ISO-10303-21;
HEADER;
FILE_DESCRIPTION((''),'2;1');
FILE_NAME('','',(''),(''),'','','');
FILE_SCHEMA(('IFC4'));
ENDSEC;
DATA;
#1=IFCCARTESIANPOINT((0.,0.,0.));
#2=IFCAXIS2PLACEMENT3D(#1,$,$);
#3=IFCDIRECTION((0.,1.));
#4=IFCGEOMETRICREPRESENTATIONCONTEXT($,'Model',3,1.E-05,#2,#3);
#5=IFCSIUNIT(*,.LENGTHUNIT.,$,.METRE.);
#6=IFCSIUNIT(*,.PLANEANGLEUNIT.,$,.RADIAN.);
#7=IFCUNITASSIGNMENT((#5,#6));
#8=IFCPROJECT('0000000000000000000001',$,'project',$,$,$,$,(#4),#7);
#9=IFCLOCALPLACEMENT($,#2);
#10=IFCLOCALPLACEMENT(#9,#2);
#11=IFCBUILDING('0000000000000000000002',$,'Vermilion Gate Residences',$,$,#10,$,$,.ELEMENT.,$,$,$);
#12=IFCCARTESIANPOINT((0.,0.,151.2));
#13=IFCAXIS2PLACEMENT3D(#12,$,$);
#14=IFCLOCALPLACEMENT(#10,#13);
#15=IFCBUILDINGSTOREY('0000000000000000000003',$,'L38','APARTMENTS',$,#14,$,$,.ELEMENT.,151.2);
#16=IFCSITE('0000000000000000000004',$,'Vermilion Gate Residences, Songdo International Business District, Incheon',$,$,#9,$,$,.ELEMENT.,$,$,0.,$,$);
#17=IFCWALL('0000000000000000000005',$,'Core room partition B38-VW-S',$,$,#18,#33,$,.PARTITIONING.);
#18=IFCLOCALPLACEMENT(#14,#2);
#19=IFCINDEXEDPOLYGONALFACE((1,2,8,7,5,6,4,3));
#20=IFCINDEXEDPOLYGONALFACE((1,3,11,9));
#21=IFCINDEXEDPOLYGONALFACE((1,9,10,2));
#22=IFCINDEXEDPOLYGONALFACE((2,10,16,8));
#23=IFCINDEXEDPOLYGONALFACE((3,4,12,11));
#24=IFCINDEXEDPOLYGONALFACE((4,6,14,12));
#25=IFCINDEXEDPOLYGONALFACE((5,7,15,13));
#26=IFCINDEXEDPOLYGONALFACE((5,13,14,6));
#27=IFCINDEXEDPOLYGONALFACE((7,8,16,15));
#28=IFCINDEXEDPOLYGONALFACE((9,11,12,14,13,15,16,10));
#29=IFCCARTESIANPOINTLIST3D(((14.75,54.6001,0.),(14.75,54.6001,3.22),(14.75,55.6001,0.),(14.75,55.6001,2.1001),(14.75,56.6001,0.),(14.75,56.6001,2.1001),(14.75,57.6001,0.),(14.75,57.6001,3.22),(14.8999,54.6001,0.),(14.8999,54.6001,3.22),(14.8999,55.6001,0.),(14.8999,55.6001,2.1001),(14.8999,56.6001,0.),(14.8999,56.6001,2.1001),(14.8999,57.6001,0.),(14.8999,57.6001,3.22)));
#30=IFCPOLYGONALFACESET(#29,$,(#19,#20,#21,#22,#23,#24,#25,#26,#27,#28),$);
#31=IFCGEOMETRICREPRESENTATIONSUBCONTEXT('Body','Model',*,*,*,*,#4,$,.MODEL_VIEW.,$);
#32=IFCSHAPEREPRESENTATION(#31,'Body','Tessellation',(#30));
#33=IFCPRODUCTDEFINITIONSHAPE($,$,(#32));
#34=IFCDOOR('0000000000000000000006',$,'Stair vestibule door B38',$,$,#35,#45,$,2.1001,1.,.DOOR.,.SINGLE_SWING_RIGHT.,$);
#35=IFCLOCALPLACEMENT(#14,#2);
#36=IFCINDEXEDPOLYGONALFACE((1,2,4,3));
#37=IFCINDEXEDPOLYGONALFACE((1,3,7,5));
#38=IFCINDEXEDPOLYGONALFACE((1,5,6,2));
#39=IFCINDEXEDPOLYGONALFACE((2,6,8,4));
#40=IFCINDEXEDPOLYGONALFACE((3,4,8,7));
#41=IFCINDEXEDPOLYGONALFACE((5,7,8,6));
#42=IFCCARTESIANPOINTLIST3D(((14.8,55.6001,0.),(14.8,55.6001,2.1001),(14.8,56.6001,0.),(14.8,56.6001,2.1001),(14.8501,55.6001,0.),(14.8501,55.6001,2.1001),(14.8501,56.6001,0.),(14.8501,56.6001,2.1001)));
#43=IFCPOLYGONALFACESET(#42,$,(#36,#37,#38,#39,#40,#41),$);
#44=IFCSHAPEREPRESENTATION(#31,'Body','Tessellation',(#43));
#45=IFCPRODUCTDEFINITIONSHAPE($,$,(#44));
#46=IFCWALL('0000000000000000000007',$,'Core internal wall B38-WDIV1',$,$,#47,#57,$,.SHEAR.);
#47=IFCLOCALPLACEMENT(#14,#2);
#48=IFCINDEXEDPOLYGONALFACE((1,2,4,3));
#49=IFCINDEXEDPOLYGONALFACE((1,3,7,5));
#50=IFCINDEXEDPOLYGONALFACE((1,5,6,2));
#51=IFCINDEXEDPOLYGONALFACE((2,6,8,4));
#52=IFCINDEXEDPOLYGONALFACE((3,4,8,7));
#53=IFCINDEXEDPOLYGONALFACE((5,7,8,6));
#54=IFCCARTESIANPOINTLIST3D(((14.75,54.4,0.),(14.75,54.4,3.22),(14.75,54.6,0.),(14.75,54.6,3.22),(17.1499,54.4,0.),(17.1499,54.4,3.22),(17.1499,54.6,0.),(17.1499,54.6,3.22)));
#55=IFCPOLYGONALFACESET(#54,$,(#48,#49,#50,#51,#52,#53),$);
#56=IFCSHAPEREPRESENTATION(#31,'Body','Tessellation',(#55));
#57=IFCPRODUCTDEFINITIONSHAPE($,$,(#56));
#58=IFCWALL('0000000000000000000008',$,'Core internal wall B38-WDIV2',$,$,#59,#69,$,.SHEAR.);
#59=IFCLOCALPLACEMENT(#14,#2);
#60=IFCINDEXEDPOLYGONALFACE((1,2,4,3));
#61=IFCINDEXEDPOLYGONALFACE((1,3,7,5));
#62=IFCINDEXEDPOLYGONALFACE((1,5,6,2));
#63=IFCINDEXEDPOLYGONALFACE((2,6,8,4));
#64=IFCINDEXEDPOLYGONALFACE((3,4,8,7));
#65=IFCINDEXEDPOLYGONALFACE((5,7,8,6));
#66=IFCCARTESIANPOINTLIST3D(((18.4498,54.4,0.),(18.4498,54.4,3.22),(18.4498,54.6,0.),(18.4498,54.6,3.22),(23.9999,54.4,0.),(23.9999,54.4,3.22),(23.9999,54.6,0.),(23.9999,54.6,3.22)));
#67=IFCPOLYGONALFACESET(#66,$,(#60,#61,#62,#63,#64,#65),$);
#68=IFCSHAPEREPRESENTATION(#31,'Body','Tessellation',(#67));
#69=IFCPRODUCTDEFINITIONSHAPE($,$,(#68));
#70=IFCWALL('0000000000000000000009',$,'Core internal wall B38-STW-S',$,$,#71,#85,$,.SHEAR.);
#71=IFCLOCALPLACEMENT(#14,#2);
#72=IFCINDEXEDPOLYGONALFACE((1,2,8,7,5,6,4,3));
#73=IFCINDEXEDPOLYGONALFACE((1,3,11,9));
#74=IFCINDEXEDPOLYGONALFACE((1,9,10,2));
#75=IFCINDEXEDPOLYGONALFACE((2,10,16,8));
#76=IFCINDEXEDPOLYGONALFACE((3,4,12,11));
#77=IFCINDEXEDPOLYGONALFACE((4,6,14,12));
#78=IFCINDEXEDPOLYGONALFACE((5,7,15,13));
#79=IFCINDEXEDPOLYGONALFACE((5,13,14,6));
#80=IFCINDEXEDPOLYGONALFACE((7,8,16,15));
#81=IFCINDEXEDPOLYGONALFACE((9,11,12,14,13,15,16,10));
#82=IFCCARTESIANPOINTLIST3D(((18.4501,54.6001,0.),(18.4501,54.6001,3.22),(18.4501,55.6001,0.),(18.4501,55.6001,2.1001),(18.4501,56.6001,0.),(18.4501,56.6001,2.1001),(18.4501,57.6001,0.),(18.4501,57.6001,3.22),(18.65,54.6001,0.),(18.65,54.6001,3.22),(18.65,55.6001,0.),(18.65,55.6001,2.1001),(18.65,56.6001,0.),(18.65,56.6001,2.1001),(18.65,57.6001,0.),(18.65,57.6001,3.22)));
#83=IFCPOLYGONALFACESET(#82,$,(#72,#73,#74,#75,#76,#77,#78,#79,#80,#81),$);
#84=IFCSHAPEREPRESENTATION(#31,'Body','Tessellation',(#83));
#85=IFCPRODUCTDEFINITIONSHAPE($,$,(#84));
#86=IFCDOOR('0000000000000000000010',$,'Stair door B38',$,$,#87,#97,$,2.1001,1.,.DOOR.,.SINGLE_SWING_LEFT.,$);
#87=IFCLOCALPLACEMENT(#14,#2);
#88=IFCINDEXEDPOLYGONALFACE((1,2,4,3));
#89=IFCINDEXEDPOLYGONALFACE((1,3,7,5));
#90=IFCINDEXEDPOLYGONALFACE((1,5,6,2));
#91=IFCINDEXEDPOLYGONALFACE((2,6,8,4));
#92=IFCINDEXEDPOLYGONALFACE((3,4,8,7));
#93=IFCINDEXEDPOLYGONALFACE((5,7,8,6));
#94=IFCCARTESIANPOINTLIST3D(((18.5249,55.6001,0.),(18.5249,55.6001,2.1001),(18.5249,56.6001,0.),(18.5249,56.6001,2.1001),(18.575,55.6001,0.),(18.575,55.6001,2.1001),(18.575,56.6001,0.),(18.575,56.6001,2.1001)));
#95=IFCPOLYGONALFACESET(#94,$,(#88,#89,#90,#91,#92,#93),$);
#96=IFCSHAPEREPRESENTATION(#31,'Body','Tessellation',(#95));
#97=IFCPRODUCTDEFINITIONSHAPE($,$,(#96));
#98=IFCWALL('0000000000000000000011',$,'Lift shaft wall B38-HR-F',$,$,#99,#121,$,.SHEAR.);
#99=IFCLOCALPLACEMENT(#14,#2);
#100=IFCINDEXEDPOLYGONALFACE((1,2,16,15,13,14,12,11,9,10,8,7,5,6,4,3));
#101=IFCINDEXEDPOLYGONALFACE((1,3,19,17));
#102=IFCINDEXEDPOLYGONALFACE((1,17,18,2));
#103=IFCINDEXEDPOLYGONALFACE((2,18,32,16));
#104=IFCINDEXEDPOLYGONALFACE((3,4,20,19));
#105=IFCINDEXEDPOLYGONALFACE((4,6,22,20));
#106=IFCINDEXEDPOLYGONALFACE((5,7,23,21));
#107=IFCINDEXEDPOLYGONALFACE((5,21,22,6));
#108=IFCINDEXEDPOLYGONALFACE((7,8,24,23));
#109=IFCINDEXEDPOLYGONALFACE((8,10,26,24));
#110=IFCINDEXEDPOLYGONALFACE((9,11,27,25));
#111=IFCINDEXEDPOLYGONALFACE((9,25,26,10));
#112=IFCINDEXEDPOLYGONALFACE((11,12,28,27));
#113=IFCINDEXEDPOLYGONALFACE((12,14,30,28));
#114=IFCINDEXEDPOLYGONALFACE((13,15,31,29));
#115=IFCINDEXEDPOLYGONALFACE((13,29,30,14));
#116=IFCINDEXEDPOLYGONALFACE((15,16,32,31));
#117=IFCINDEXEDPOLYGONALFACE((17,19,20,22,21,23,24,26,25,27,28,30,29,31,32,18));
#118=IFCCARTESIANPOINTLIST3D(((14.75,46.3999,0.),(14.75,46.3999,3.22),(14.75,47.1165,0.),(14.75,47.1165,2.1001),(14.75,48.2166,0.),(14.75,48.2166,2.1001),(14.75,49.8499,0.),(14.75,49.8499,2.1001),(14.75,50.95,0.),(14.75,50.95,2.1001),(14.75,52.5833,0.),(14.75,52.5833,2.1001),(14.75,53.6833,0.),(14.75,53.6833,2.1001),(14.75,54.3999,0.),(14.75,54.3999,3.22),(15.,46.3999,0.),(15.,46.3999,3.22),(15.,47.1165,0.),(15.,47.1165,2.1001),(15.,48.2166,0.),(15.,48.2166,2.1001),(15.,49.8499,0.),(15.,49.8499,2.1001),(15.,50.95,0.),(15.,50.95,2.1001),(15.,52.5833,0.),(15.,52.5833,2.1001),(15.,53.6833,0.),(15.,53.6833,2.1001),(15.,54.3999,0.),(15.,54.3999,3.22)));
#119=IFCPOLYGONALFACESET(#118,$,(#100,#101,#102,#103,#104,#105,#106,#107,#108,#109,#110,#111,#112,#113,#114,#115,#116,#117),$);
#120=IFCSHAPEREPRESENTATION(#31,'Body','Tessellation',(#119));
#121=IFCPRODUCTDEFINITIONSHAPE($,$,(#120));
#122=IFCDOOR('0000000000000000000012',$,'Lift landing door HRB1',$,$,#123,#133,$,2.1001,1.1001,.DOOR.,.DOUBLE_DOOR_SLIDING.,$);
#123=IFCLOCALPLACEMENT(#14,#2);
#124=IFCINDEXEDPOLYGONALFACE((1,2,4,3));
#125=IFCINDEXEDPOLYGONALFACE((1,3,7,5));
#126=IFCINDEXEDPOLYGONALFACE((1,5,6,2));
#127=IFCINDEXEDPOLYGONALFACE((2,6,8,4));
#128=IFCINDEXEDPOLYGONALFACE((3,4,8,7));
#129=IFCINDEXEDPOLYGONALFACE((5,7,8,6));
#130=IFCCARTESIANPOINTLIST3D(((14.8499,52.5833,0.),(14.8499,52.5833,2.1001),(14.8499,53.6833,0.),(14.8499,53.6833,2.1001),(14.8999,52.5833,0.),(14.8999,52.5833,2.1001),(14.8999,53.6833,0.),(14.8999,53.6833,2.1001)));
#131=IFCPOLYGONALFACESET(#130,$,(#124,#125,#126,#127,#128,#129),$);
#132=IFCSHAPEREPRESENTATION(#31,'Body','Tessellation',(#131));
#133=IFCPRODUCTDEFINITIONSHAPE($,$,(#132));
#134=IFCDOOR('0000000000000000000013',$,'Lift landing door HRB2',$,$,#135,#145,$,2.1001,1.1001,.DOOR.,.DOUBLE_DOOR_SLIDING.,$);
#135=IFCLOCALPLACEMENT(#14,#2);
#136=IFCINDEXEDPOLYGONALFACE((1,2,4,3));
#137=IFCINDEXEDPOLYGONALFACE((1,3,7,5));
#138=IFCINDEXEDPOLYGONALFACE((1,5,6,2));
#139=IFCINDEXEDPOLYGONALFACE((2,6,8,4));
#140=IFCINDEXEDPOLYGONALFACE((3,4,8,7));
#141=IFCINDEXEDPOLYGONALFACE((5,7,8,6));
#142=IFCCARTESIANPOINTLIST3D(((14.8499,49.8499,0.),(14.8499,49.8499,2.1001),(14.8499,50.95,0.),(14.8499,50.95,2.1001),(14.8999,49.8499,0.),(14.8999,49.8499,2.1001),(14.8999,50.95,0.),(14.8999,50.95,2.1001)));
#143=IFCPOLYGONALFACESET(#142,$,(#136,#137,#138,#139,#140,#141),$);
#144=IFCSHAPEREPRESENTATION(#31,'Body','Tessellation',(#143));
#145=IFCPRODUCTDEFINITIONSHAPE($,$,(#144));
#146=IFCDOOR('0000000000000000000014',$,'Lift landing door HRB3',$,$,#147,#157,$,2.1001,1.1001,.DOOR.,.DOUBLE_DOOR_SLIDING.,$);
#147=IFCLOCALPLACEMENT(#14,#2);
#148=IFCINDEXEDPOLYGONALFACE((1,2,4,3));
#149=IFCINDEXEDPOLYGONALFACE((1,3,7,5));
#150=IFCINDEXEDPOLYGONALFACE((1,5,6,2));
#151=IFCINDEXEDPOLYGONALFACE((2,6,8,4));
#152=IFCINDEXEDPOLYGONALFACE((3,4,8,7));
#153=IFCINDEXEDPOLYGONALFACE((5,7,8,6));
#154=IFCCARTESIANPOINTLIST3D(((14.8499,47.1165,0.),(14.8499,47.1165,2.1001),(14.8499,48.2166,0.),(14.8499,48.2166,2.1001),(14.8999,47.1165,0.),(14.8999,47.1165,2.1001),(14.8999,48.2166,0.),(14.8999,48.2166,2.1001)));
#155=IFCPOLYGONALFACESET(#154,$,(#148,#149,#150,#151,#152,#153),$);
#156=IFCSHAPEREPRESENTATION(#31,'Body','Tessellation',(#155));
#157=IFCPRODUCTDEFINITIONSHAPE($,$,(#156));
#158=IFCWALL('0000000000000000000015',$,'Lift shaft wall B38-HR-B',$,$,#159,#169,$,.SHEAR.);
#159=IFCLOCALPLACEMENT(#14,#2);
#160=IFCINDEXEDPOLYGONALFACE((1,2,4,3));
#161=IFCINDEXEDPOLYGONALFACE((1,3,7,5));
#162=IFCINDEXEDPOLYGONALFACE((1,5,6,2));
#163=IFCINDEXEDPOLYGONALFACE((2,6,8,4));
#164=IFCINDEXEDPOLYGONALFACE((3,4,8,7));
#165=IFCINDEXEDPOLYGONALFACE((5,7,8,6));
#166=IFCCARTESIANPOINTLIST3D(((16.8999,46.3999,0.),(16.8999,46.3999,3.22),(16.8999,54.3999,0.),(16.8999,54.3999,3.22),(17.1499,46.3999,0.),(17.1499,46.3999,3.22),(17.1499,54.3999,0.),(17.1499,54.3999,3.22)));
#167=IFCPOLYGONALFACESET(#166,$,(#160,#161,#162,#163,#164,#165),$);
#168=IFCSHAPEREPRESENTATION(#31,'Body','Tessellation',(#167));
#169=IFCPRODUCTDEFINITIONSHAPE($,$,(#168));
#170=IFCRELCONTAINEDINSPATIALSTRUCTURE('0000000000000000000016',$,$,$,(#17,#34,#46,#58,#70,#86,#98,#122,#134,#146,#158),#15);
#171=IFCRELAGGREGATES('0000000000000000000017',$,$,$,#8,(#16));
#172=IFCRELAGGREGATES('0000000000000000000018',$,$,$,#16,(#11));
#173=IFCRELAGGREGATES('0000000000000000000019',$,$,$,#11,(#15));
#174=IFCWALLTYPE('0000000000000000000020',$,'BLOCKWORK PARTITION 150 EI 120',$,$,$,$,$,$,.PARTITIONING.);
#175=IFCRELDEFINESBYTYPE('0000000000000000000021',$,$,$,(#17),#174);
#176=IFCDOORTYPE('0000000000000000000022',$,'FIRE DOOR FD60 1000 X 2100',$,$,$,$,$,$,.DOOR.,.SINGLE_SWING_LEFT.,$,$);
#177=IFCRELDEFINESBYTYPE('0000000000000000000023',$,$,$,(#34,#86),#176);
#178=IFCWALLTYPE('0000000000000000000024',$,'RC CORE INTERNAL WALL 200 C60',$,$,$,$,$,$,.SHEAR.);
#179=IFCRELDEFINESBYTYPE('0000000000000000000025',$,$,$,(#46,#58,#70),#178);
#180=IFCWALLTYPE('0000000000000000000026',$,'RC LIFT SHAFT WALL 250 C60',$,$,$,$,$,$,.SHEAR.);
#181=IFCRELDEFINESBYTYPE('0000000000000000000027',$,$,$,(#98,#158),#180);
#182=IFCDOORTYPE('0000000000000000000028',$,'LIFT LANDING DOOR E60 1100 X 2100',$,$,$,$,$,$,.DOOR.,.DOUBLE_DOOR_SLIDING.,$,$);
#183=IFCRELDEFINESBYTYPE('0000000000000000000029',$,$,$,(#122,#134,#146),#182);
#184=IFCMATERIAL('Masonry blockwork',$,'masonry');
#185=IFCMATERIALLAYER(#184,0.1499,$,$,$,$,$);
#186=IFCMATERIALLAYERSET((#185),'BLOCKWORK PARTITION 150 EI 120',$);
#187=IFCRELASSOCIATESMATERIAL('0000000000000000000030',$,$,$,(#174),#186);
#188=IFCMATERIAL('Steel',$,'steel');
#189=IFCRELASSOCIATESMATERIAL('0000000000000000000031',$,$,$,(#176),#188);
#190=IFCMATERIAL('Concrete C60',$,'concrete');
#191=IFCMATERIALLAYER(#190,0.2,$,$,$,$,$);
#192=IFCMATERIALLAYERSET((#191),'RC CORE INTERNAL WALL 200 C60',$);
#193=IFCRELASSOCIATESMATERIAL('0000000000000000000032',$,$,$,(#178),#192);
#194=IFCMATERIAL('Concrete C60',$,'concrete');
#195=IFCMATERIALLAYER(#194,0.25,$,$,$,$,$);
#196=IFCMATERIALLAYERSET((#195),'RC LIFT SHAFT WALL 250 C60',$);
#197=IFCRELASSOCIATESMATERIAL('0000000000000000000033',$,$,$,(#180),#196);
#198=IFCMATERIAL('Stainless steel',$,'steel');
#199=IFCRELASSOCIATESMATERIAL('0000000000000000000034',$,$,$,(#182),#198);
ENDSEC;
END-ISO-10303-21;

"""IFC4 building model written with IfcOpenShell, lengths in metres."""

from ifc_helpers import new_model, si_unit, direction, frame, frame_2d, origin, place, context, subcontext, project, spatial, rectangle, extrude, material, layer, layer_set, type_object, element, fill, save


model = new_model("IFC4")

# Units and contexts
model_context = context("Model", 3, precision=1e-05, world=origin(), true_north=direction((0.0, 1.0)))
body_context = subcontext(model_context, "Body", "Model", "MODEL_VIEW")
ifc_project = project(units=[si_unit("LENGTHUNIT", "METRE"), si_unit("PLANEANGLEUNIT", "RADIAN")], contexts=[model_context])

# Site, building, storey
site_placement = place(None, origin())
site = spatial("IfcSite", under=ifc_project, at=site_placement, Name="Vermilion Gate Residences, Songdo International Business District, Incheon", CompositionType="ELEMENT", RefElevation=0.0)
building_placement = place(site_placement, origin())
building = spatial("IfcBuilding", under=site, at=building_placement, Name="Vermilion Gate Residences", CompositionType="ELEMENT")
storey_placement = place(building_placement, frame((0.0, 0.0, 151.2)))
storey = spatial("IfcBuildingStorey", under=building, at=storey_placement, Name="L38", Description="APARTMENTS", CompositionType="ELEMENT", Elevation=151.2)

# Wall, opening, door
ifc_material_1 = material(Name="Masonry blockwork", Category="masonry")
ifc_layer_1 = layer(ifc_material_1, 0.1499)
ifc_layer_set_1 = layer_set([ifc_layer_1], Name="BLOCKWORK PARTITION 150 EI 120")
wall_type_1 = type_object("IfcWallType", Name="BLOCKWORK PARTITION 150 EI 120", PredefinedType="PARTITIONING", material=ifc_layer_set_1)
wall_1_placement = place(storey_placement, frame((14.825, 57.6001, 0.0), z_axis=(0.0, 0.0, 1.0), x_axis=(0.0, -1.0, 0.0)))
wall_1 = element("IfcWall", 1, at=wall_1_placement, inside=storey, type_object=wall_type_1, Name="Core room partition B38-VW-S", PredefinedType="PARTITIONING", context=body_context, shape_type="SweptSolid", body=[
    extrude(rectangle(XDim=3.0, YDim=0.1499, at=frame_2d((1.5, 0.0))), origin(), (0.0, 0.0, 1.0), 3.22),
])
opening_1_placement = place(wall_1_placement, frame((1.0, 0.0, 0.0)))
opening_1 = element("IfcOpeningElement", 2, at=opening_1_placement, cuts=wall_1, PredefinedType="OPENING", context=body_context, shape_type="SweptSolid", body=[
    extrude(rectangle(XDim=1.0, YDim=2.1001, at=frame_2d((0.5, 1.05))), frame((0.0, 0.085, 0.0), z_axis=(0.0, -1.0, 0.0), x_axis=(1.0, 0.0, 0.0)), (0.0, 0.0, 1.0), 0.1699),
])
ifc_material_2 = material(Name="Steel", Category="steel")
door_type_1 = type_object("IfcDoorType", Name="FIRE DOOR FD60 1000 X 2100", OperationType="SINGLE_SWING_LEFT", PredefinedType="DOOR", material=ifc_material_2)
door_1_placement = place(opening_1_placement, frame((1.0, 0.0, 0.0), z_axis=(0.0, 0.0, 1.0), x_axis=(-1.0, 0.0, 0.0)))
door_1 = element("IfcDoor", 3, at=door_1_placement, inside=storey, type_object=door_type_1, Name="Stair vestibule door B38", OperationType="SINGLE_SWING_RIGHT", OverallHeight=2.1001, OverallWidth=1.0, PredefinedType="DOOR", context=body_context, shape_type="SweptSolid", body=[
    extrude(rectangle(XDim=1.0, YDim=2.1001, at=frame_2d((0.5, 1.05))), frame((0.0, 0.0249, 0.0), z_axis=(0.0, -1.0, 0.0), x_axis=(1.0, 0.0, 0.0)), (0.0, 0.0, 1.0), 0.05),
])
fill(opening_1, door_1)

# Walls
ifc_material_3 = material(Name="Concrete C60", Category="concrete")
ifc_layer_2 = layer(ifc_material_3, 0.2)
ifc_layer_set_2 = layer_set([ifc_layer_2], Name="RC CORE INTERNAL WALL 200 C60")
wall_type_2 = type_object("IfcWallType", Name="RC CORE INTERNAL WALL 200 C60", PredefinedType="SHEAR", material=ifc_layer_set_2)
wall_2_placement = place(storey_placement, frame((14.75, 54.5, 0.0), z_axis=(0.0, 0.0, 1.0), x_axis=(1.0, 0.0, 0.0)))
element("IfcWall", 4, at=wall_2_placement, inside=storey, type_object=wall_type_2, Name="Core internal wall B38-WDIV1", PredefinedType="SHEAR", context=body_context, shape_type="SweptSolid", body=[
    extrude(rectangle(XDim=2.3999, YDim=0.2, at=frame_2d((1.2, 0.0))), origin(), (0.0, 0.0, 1.0), 3.22),
])
wall_3_placement = place(storey_placement, frame((18.45, 54.5, 0.0), z_axis=(0.0, 0.0, 1.0), x_axis=(1.0, 0.0, 0.0)))
element("IfcWall", 5, at=wall_3_placement, inside=storey, type_object=wall_type_2, Name="Core internal wall B38-WDIV2", PredefinedType="SHEAR", context=body_context, shape_type="SweptSolid", body=[
    extrude(rectangle(XDim=5.55, YDim=0.2, at=frame_2d((2.7749, 0.0))), origin(), (0.0, 0.0, 1.0), 3.22),
])

# Wall, opening, door
wall_4_placement = place(storey_placement, frame((18.55, 57.6001, 0.0), z_axis=(0.0, 0.0, 1.0), x_axis=(0.0, -1.0, 0.0)))
wall_4 = element("IfcWall", 6, at=wall_4_placement, inside=storey, type_object=wall_type_2, Name="Core internal wall B38-STW-S", PredefinedType="SHEAR", context=body_context, shape_type="SweptSolid", body=[
    extrude(rectangle(XDim=3.0, YDim=0.2, at=frame_2d((1.5, 0.0))), origin(), (0.0, 0.0, 1.0), 3.22),
])
opening_2_placement = place(wall_4_placement, frame((1.0, 0.0, 0.0)))
opening_2 = element("IfcOpeningElement", 7, at=opening_2_placement, cuts=wall_4, PredefinedType="OPENING", context=body_context, shape_type="SweptSolid", body=[
    extrude(rectangle(XDim=1.0, YDim=2.1001, at=frame_2d((0.5, 1.05))), frame((0.0, 0.1099, 0.0), z_axis=(0.0, -1.0, 0.0), x_axis=(1.0, 0.0, 0.0)), (0.0, 0.0, 1.0), 0.22),
])
door_2_placement = place(opening_2_placement, origin())
door_2 = element("IfcDoor", 8, at=door_2_placement, inside=storey, type_object=door_type_1, Name="Stair door B38", OperationType="SINGLE_SWING_LEFT", OverallHeight=2.1001, OverallWidth=1.0, PredefinedType="DOOR", context=body_context, shape_type="SweptSolid", body=[
    extrude(rectangle(XDim=1.0, YDim=2.1001, at=frame_2d((0.5, 1.05))), frame((0.0, 0.0249, 0.0), z_axis=(0.0, -1.0, 0.0), x_axis=(1.0, 0.0, 0.0)), (0.0, 0.0, 1.0), 0.05),
])
fill(opening_2, door_2)

# Wall, openings, doors
ifc_material_4 = material(Name="Concrete C60", Category="concrete")
ifc_layer_3 = layer(ifc_material_4, 0.25)
ifc_layer_set_3 = layer_set([ifc_layer_3], Name="RC LIFT SHAFT WALL 250 C60")
wall_type_3 = type_object("IfcWallType", Name="RC LIFT SHAFT WALL 250 C60", PredefinedType="SHEAR", material=ifc_layer_set_3)
wall_5_placement = place(storey_placement, frame((14.875, 54.3999, 0.0), z_axis=(0.0, 0.0, 1.0), x_axis=(0.0, -1.0, 0.0)))
wall_5 = element("IfcWall", 9, at=wall_5_placement, inside=storey, type_object=wall_type_3, Name="Lift shaft wall B38-HR-F", PredefinedType="SHEAR", context=body_context, shape_type="SweptSolid", body=[
    extrude(rectangle(XDim=8.0, YDim=0.25, at=frame_2d((4.0, 0.0))), origin(), (0.0, 0.0, 1.0), 3.22),
])
opening_3_placement = place(wall_5_placement, frame((0.7166, 0.0, 0.0)))
opening_3 = element("IfcOpeningElement", 10, at=opening_3_placement, cuts=wall_5, PredefinedType="OPENING", context=body_context, shape_type="SweptSolid", body=[
    extrude(rectangle(XDim=1.1001, YDim=2.1001, at=frame_2d((0.55, 1.05))), frame((0.0, 0.135, 0.0), z_axis=(0.0, -1.0, 0.0), x_axis=(1.0, 0.0, 0.0)), (0.0, 0.0, 1.0), 0.27),
])
opening_4_placement = place(wall_5_placement, frame((3.45, 0.0, 0.0)))
opening_4 = element("IfcOpeningElement", 11, at=opening_4_placement, cuts=wall_5, PredefinedType="OPENING", context=body_context, shape_type="SweptSolid", body=[
    extrude(rectangle(XDim=1.1001, YDim=2.1001, at=frame_2d((0.55, 1.05))), frame((0.0, 0.135, 0.0), z_axis=(0.0, -1.0, 0.0), x_axis=(1.0, 0.0, 0.0)), (0.0, 0.0, 1.0), 0.27),
])
opening_5_placement = place(wall_5_placement, frame((6.1833, 0.0, 0.0)))
opening_5 = element("IfcOpeningElement", 12, at=opening_5_placement, cuts=wall_5, PredefinedType="OPENING", context=body_context, shape_type="SweptSolid", body=[
    extrude(rectangle(XDim=1.1001, YDim=2.1001, at=frame_2d((0.55, 1.05))), frame((0.0, 0.135, 0.0), z_axis=(0.0, -1.0, 0.0), x_axis=(1.0, 0.0, 0.0)), (0.0, 0.0, 1.0), 0.27),
])
ifc_material_5 = material(Name="Stainless steel", Category="steel")
door_type_2 = type_object("IfcDoorType", Name="LIFT LANDING DOOR E60 1100 X 2100", OperationType="DOUBLE_DOOR_SLIDING", PredefinedType="DOOR", material=ifc_material_5)
door_3_placement = place(opening_3_placement, origin())
door_3 = element("IfcDoor", 13, at=door_3_placement, inside=storey, type_object=door_type_2, Name="Lift landing door HRB1", OperationType="DOUBLE_DOOR_SLIDING", OverallHeight=2.1001, OverallWidth=1.1001, PredefinedType="DOOR", context=body_context, shape_type="SweptSolid", body=[
    extrude(rectangle(XDim=1.1001, YDim=2.1001, at=frame_2d((0.55, 1.05))), frame((0.0, 0.0249, 0.0), z_axis=(0.0, -1.0, 0.0), x_axis=(1.0, 0.0, 0.0)), (0.0, 0.0, 1.0), 0.05),
])
fill(opening_3, door_3)
door_4_placement = place(opening_4_placement, origin())
door_4 = element("IfcDoor", 14, at=door_4_placement, inside=storey, type_object=door_type_2, Name="Lift landing door HRB2", OperationType="DOUBLE_DOOR_SLIDING", OverallHeight=2.1001, OverallWidth=1.1001, PredefinedType="DOOR", context=body_context, shape_type="SweptSolid", body=[
    extrude(rectangle(XDim=1.1001, YDim=2.1001, at=frame_2d((0.55, 1.05))), frame((0.0, 0.0249, 0.0), z_axis=(0.0, -1.0, 0.0), x_axis=(1.0, 0.0, 0.0)), (0.0, 0.0, 1.0), 0.05),
])
fill(opening_4, door_4)
door_5_placement = place(opening_5_placement, origin())
door_5 = element("IfcDoor", 15, at=door_5_placement, inside=storey, type_object=door_type_2, Name="Lift landing door HRB3", OperationType="DOUBLE_DOOR_SLIDING", OverallHeight=2.1001, OverallWidth=1.1001, PredefinedType="DOOR", context=body_context, shape_type="SweptSolid", body=[
    extrude(rectangle(XDim=1.1001, YDim=2.1001, at=frame_2d((0.55, 1.05))), frame((0.0, 0.0249, 0.0), z_axis=(0.0, -1.0, 0.0), x_axis=(1.0, 0.0, 0.0)), (0.0, 0.0, 1.0), 0.05),
])
fill(opening_5, door_5)

# Wall
wall_6_placement = place(storey_placement, frame((17.0249, 54.3999, 0.0), z_axis=(0.0, 0.0, 1.0), x_axis=(0.0, -1.0, 0.0)))
element("IfcWall", 16, at=wall_6_placement, inside=storey, type_object=wall_type_3, Name="Lift shaft wall B38-HR-B", PredefinedType="SHEAR", context=body_context, shape_type="SweptSolid", body=[
    extrude(rectangle(XDim=8.0, YDim=0.25, at=frame_2d((4.0, 0.0))), origin(), (0.0, 0.0, 1.0), 3.22),
])

save(model, "model.ifc")
